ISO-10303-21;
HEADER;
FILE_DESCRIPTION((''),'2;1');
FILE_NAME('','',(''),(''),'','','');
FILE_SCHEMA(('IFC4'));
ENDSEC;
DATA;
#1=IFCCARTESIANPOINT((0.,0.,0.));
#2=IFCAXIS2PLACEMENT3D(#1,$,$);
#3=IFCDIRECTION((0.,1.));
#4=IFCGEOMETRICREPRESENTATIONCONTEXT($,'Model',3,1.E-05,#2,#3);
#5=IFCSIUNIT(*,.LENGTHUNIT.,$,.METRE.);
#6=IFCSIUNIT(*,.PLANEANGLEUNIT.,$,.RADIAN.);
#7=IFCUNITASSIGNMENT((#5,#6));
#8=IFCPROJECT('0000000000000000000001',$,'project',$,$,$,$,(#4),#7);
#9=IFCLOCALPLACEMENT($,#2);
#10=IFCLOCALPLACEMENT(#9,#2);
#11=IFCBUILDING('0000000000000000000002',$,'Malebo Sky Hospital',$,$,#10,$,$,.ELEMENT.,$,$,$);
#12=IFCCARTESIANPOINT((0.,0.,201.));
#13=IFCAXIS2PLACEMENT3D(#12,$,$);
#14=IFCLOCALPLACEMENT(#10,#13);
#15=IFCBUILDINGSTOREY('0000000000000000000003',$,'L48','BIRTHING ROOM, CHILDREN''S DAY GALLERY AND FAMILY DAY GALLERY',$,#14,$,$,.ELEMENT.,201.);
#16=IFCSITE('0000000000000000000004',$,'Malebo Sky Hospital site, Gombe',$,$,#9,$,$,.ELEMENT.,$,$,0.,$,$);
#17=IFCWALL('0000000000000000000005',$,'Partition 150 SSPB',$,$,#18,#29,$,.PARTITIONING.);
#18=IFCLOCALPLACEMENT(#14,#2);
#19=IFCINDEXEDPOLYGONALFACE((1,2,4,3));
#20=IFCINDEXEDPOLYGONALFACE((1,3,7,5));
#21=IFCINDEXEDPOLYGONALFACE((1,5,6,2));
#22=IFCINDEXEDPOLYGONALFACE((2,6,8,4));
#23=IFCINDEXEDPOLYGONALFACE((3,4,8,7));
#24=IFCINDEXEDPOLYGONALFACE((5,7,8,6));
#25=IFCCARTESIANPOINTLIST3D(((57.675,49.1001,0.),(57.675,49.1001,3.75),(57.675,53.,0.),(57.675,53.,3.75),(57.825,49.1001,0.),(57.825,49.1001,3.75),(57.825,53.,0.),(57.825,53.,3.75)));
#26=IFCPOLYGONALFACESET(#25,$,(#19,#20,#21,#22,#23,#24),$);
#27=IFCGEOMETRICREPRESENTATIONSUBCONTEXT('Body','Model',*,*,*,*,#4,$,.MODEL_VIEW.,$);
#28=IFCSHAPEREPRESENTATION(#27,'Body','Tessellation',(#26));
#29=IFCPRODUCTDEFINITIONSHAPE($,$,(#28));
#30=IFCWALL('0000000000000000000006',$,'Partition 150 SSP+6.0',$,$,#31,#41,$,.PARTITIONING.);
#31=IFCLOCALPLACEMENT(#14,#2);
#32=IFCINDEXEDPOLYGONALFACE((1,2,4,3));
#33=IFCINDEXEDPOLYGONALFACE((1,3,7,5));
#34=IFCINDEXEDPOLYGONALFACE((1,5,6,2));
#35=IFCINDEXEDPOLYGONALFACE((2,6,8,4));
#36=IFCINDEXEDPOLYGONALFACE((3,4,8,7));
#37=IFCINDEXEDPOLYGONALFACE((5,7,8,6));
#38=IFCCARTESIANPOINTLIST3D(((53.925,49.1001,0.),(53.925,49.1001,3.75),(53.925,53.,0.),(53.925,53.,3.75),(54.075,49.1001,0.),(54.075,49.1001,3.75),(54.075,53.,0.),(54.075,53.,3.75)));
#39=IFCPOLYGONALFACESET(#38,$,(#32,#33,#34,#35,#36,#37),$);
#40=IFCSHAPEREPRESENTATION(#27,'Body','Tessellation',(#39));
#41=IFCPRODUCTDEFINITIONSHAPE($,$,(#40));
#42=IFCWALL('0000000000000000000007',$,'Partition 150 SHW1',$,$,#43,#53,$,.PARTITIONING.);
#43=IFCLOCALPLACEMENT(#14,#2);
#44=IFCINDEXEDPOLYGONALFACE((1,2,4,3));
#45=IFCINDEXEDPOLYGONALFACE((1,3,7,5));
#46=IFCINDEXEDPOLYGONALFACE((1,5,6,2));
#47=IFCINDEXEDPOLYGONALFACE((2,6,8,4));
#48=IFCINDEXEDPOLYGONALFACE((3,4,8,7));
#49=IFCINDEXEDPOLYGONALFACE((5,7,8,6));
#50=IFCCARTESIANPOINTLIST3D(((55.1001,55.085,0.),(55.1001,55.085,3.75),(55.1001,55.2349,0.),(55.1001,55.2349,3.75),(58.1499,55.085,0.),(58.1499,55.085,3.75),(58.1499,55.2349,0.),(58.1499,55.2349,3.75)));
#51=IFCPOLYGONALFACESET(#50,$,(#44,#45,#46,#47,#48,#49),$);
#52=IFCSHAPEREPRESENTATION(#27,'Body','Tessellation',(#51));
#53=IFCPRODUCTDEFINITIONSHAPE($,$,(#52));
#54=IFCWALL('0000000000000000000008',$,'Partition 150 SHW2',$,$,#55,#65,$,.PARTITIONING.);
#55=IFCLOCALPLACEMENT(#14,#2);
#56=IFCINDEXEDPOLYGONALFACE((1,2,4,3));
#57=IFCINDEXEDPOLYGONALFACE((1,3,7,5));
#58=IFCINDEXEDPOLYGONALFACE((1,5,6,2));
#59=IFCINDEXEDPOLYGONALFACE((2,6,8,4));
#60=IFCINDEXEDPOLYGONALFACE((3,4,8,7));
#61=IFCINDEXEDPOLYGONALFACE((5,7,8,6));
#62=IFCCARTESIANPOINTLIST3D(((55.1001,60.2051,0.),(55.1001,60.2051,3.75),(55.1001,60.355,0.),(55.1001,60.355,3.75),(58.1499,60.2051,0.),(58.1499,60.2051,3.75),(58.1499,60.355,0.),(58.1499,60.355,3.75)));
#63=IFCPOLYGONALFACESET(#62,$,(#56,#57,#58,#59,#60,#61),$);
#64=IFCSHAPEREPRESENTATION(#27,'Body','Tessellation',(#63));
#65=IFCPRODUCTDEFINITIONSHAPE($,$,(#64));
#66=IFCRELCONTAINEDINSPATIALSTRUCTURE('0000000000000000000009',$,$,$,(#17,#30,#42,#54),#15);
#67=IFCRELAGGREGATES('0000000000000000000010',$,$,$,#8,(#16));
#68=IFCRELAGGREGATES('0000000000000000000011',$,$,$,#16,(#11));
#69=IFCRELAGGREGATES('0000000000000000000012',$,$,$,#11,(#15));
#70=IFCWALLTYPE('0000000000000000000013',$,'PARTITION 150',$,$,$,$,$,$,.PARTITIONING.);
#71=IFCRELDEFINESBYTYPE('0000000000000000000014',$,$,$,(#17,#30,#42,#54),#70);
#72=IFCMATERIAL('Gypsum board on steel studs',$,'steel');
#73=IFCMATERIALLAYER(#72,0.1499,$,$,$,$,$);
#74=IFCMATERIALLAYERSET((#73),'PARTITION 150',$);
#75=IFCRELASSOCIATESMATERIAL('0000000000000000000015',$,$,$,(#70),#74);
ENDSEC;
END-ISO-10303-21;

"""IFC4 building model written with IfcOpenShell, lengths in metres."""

from ifc_helpers import new_model, si_unit, direction, frame, frame_2d, origin, place, context, subcontext, project, spatial, rectangle, extrude, material, layer, layer_set, type_object, element, save


model = new_model("IFC4")

# Units and contexts
model_context = context("Model", 3, precision=1e-05, world=origin(), true_north=direction((0.0, 1.0)))
body_context = subcontext(model_context, "Body", "Model", "MODEL_VIEW")
ifc_project = project(units=[si_unit("LENGTHUNIT", "METRE"), si_unit("PLANEANGLEUNIT", "RADIAN")], contexts=[model_context])

# Site, building, storey
site_placement = place(None, origin())
site = spatial("IfcSite", under=ifc_project, at=site_placement, Name="Malebo Sky Hospital site, Gombe", CompositionType="ELEMENT", RefElevation=0.0)
building_placement = place(site_placement, origin())
building = spatial("IfcBuilding", under=site, at=building_placement, Name="Malebo Sky Hospital", CompositionType="ELEMENT")
storey_placement = place(building_placement, frame((0.0, 0.0, 201.0)))
storey = spatial("IfcBuildingStorey", under=building, at=storey_placement, Name="L48", Description="BIRTHING ROOM, CHILDREN'S DAY GALLERY AND FAMILY DAY GALLERY", CompositionType="ELEMENT", Elevation=201.0)

# Shared definitions
ifc_material_1 = material(Name="Gypsum board on steel studs", Category="steel")

# Shared definitions
ifc_layer_1 = layer(ifc_material_1, 0.1499)
ifc_layer_set_1 = layer_set([ifc_layer_1], Name="PARTITION 150")
wall_type_1 = type_object("IfcWallType", Name="PARTITION 150", PredefinedType="PARTITIONING", material=ifc_layer_set_1)

# Walls
for number, where, z_axis, x_axis, name in (
    (1, (57.75, 53.0, 0.0), (0.0, 0.0, 1.0), (0.0, -1.0, 0.0), "Partition 150 SSPB"),
    (2, (54.0, 53.0, 0.0), (0.0, 0.0, 1.0), (0.0, -1.0, 0.0), "Partition 150 SSP+6.0"),
):
    element("IfcWall", number, at=place(storey_placement, frame(where, z_axis=z_axis, x_axis=x_axis)), inside=storey, type_object=wall_type_1, Name=name, PredefinedType="PARTITIONING", context=body_context, shape_type="SweptSolid", body=[
        extrude(rectangle(XDim=3.8999, YDim=0.1499, at=frame_2d((1.95, 0.0))), origin(), (0.0, 0.0, 1.0), 3.75),
    ])
for number, where, z_axis, x_axis, name in (
    (3, (55.1001, 55.1599, 0.0), (0.0, 0.0, 1.0), (1.0, 0.0, 0.0), "Partition 150 SHW1"),
    (4, (55.1001, 60.28, 0.0), (0.0, 0.0, 1.0), (1.0, 0.0, 0.0), "Partition 150 SHW2"),
):
    element("IfcWall", number, at=place(storey_placement, frame(where, z_axis=z_axis, x_axis=x_axis)), inside=storey, type_object=wall_type_1, Name=name, PredefinedType="PARTITIONING", context=body_context, shape_type="SweptSolid", body=[
        extrude(rectangle(XDim=3.0498, YDim=0.1499, at=frame_2d((1.5249, 0.0))), origin(), (0.0, 0.0, 1.0), 3.75),
    ])

save(model, "model.ifc")
